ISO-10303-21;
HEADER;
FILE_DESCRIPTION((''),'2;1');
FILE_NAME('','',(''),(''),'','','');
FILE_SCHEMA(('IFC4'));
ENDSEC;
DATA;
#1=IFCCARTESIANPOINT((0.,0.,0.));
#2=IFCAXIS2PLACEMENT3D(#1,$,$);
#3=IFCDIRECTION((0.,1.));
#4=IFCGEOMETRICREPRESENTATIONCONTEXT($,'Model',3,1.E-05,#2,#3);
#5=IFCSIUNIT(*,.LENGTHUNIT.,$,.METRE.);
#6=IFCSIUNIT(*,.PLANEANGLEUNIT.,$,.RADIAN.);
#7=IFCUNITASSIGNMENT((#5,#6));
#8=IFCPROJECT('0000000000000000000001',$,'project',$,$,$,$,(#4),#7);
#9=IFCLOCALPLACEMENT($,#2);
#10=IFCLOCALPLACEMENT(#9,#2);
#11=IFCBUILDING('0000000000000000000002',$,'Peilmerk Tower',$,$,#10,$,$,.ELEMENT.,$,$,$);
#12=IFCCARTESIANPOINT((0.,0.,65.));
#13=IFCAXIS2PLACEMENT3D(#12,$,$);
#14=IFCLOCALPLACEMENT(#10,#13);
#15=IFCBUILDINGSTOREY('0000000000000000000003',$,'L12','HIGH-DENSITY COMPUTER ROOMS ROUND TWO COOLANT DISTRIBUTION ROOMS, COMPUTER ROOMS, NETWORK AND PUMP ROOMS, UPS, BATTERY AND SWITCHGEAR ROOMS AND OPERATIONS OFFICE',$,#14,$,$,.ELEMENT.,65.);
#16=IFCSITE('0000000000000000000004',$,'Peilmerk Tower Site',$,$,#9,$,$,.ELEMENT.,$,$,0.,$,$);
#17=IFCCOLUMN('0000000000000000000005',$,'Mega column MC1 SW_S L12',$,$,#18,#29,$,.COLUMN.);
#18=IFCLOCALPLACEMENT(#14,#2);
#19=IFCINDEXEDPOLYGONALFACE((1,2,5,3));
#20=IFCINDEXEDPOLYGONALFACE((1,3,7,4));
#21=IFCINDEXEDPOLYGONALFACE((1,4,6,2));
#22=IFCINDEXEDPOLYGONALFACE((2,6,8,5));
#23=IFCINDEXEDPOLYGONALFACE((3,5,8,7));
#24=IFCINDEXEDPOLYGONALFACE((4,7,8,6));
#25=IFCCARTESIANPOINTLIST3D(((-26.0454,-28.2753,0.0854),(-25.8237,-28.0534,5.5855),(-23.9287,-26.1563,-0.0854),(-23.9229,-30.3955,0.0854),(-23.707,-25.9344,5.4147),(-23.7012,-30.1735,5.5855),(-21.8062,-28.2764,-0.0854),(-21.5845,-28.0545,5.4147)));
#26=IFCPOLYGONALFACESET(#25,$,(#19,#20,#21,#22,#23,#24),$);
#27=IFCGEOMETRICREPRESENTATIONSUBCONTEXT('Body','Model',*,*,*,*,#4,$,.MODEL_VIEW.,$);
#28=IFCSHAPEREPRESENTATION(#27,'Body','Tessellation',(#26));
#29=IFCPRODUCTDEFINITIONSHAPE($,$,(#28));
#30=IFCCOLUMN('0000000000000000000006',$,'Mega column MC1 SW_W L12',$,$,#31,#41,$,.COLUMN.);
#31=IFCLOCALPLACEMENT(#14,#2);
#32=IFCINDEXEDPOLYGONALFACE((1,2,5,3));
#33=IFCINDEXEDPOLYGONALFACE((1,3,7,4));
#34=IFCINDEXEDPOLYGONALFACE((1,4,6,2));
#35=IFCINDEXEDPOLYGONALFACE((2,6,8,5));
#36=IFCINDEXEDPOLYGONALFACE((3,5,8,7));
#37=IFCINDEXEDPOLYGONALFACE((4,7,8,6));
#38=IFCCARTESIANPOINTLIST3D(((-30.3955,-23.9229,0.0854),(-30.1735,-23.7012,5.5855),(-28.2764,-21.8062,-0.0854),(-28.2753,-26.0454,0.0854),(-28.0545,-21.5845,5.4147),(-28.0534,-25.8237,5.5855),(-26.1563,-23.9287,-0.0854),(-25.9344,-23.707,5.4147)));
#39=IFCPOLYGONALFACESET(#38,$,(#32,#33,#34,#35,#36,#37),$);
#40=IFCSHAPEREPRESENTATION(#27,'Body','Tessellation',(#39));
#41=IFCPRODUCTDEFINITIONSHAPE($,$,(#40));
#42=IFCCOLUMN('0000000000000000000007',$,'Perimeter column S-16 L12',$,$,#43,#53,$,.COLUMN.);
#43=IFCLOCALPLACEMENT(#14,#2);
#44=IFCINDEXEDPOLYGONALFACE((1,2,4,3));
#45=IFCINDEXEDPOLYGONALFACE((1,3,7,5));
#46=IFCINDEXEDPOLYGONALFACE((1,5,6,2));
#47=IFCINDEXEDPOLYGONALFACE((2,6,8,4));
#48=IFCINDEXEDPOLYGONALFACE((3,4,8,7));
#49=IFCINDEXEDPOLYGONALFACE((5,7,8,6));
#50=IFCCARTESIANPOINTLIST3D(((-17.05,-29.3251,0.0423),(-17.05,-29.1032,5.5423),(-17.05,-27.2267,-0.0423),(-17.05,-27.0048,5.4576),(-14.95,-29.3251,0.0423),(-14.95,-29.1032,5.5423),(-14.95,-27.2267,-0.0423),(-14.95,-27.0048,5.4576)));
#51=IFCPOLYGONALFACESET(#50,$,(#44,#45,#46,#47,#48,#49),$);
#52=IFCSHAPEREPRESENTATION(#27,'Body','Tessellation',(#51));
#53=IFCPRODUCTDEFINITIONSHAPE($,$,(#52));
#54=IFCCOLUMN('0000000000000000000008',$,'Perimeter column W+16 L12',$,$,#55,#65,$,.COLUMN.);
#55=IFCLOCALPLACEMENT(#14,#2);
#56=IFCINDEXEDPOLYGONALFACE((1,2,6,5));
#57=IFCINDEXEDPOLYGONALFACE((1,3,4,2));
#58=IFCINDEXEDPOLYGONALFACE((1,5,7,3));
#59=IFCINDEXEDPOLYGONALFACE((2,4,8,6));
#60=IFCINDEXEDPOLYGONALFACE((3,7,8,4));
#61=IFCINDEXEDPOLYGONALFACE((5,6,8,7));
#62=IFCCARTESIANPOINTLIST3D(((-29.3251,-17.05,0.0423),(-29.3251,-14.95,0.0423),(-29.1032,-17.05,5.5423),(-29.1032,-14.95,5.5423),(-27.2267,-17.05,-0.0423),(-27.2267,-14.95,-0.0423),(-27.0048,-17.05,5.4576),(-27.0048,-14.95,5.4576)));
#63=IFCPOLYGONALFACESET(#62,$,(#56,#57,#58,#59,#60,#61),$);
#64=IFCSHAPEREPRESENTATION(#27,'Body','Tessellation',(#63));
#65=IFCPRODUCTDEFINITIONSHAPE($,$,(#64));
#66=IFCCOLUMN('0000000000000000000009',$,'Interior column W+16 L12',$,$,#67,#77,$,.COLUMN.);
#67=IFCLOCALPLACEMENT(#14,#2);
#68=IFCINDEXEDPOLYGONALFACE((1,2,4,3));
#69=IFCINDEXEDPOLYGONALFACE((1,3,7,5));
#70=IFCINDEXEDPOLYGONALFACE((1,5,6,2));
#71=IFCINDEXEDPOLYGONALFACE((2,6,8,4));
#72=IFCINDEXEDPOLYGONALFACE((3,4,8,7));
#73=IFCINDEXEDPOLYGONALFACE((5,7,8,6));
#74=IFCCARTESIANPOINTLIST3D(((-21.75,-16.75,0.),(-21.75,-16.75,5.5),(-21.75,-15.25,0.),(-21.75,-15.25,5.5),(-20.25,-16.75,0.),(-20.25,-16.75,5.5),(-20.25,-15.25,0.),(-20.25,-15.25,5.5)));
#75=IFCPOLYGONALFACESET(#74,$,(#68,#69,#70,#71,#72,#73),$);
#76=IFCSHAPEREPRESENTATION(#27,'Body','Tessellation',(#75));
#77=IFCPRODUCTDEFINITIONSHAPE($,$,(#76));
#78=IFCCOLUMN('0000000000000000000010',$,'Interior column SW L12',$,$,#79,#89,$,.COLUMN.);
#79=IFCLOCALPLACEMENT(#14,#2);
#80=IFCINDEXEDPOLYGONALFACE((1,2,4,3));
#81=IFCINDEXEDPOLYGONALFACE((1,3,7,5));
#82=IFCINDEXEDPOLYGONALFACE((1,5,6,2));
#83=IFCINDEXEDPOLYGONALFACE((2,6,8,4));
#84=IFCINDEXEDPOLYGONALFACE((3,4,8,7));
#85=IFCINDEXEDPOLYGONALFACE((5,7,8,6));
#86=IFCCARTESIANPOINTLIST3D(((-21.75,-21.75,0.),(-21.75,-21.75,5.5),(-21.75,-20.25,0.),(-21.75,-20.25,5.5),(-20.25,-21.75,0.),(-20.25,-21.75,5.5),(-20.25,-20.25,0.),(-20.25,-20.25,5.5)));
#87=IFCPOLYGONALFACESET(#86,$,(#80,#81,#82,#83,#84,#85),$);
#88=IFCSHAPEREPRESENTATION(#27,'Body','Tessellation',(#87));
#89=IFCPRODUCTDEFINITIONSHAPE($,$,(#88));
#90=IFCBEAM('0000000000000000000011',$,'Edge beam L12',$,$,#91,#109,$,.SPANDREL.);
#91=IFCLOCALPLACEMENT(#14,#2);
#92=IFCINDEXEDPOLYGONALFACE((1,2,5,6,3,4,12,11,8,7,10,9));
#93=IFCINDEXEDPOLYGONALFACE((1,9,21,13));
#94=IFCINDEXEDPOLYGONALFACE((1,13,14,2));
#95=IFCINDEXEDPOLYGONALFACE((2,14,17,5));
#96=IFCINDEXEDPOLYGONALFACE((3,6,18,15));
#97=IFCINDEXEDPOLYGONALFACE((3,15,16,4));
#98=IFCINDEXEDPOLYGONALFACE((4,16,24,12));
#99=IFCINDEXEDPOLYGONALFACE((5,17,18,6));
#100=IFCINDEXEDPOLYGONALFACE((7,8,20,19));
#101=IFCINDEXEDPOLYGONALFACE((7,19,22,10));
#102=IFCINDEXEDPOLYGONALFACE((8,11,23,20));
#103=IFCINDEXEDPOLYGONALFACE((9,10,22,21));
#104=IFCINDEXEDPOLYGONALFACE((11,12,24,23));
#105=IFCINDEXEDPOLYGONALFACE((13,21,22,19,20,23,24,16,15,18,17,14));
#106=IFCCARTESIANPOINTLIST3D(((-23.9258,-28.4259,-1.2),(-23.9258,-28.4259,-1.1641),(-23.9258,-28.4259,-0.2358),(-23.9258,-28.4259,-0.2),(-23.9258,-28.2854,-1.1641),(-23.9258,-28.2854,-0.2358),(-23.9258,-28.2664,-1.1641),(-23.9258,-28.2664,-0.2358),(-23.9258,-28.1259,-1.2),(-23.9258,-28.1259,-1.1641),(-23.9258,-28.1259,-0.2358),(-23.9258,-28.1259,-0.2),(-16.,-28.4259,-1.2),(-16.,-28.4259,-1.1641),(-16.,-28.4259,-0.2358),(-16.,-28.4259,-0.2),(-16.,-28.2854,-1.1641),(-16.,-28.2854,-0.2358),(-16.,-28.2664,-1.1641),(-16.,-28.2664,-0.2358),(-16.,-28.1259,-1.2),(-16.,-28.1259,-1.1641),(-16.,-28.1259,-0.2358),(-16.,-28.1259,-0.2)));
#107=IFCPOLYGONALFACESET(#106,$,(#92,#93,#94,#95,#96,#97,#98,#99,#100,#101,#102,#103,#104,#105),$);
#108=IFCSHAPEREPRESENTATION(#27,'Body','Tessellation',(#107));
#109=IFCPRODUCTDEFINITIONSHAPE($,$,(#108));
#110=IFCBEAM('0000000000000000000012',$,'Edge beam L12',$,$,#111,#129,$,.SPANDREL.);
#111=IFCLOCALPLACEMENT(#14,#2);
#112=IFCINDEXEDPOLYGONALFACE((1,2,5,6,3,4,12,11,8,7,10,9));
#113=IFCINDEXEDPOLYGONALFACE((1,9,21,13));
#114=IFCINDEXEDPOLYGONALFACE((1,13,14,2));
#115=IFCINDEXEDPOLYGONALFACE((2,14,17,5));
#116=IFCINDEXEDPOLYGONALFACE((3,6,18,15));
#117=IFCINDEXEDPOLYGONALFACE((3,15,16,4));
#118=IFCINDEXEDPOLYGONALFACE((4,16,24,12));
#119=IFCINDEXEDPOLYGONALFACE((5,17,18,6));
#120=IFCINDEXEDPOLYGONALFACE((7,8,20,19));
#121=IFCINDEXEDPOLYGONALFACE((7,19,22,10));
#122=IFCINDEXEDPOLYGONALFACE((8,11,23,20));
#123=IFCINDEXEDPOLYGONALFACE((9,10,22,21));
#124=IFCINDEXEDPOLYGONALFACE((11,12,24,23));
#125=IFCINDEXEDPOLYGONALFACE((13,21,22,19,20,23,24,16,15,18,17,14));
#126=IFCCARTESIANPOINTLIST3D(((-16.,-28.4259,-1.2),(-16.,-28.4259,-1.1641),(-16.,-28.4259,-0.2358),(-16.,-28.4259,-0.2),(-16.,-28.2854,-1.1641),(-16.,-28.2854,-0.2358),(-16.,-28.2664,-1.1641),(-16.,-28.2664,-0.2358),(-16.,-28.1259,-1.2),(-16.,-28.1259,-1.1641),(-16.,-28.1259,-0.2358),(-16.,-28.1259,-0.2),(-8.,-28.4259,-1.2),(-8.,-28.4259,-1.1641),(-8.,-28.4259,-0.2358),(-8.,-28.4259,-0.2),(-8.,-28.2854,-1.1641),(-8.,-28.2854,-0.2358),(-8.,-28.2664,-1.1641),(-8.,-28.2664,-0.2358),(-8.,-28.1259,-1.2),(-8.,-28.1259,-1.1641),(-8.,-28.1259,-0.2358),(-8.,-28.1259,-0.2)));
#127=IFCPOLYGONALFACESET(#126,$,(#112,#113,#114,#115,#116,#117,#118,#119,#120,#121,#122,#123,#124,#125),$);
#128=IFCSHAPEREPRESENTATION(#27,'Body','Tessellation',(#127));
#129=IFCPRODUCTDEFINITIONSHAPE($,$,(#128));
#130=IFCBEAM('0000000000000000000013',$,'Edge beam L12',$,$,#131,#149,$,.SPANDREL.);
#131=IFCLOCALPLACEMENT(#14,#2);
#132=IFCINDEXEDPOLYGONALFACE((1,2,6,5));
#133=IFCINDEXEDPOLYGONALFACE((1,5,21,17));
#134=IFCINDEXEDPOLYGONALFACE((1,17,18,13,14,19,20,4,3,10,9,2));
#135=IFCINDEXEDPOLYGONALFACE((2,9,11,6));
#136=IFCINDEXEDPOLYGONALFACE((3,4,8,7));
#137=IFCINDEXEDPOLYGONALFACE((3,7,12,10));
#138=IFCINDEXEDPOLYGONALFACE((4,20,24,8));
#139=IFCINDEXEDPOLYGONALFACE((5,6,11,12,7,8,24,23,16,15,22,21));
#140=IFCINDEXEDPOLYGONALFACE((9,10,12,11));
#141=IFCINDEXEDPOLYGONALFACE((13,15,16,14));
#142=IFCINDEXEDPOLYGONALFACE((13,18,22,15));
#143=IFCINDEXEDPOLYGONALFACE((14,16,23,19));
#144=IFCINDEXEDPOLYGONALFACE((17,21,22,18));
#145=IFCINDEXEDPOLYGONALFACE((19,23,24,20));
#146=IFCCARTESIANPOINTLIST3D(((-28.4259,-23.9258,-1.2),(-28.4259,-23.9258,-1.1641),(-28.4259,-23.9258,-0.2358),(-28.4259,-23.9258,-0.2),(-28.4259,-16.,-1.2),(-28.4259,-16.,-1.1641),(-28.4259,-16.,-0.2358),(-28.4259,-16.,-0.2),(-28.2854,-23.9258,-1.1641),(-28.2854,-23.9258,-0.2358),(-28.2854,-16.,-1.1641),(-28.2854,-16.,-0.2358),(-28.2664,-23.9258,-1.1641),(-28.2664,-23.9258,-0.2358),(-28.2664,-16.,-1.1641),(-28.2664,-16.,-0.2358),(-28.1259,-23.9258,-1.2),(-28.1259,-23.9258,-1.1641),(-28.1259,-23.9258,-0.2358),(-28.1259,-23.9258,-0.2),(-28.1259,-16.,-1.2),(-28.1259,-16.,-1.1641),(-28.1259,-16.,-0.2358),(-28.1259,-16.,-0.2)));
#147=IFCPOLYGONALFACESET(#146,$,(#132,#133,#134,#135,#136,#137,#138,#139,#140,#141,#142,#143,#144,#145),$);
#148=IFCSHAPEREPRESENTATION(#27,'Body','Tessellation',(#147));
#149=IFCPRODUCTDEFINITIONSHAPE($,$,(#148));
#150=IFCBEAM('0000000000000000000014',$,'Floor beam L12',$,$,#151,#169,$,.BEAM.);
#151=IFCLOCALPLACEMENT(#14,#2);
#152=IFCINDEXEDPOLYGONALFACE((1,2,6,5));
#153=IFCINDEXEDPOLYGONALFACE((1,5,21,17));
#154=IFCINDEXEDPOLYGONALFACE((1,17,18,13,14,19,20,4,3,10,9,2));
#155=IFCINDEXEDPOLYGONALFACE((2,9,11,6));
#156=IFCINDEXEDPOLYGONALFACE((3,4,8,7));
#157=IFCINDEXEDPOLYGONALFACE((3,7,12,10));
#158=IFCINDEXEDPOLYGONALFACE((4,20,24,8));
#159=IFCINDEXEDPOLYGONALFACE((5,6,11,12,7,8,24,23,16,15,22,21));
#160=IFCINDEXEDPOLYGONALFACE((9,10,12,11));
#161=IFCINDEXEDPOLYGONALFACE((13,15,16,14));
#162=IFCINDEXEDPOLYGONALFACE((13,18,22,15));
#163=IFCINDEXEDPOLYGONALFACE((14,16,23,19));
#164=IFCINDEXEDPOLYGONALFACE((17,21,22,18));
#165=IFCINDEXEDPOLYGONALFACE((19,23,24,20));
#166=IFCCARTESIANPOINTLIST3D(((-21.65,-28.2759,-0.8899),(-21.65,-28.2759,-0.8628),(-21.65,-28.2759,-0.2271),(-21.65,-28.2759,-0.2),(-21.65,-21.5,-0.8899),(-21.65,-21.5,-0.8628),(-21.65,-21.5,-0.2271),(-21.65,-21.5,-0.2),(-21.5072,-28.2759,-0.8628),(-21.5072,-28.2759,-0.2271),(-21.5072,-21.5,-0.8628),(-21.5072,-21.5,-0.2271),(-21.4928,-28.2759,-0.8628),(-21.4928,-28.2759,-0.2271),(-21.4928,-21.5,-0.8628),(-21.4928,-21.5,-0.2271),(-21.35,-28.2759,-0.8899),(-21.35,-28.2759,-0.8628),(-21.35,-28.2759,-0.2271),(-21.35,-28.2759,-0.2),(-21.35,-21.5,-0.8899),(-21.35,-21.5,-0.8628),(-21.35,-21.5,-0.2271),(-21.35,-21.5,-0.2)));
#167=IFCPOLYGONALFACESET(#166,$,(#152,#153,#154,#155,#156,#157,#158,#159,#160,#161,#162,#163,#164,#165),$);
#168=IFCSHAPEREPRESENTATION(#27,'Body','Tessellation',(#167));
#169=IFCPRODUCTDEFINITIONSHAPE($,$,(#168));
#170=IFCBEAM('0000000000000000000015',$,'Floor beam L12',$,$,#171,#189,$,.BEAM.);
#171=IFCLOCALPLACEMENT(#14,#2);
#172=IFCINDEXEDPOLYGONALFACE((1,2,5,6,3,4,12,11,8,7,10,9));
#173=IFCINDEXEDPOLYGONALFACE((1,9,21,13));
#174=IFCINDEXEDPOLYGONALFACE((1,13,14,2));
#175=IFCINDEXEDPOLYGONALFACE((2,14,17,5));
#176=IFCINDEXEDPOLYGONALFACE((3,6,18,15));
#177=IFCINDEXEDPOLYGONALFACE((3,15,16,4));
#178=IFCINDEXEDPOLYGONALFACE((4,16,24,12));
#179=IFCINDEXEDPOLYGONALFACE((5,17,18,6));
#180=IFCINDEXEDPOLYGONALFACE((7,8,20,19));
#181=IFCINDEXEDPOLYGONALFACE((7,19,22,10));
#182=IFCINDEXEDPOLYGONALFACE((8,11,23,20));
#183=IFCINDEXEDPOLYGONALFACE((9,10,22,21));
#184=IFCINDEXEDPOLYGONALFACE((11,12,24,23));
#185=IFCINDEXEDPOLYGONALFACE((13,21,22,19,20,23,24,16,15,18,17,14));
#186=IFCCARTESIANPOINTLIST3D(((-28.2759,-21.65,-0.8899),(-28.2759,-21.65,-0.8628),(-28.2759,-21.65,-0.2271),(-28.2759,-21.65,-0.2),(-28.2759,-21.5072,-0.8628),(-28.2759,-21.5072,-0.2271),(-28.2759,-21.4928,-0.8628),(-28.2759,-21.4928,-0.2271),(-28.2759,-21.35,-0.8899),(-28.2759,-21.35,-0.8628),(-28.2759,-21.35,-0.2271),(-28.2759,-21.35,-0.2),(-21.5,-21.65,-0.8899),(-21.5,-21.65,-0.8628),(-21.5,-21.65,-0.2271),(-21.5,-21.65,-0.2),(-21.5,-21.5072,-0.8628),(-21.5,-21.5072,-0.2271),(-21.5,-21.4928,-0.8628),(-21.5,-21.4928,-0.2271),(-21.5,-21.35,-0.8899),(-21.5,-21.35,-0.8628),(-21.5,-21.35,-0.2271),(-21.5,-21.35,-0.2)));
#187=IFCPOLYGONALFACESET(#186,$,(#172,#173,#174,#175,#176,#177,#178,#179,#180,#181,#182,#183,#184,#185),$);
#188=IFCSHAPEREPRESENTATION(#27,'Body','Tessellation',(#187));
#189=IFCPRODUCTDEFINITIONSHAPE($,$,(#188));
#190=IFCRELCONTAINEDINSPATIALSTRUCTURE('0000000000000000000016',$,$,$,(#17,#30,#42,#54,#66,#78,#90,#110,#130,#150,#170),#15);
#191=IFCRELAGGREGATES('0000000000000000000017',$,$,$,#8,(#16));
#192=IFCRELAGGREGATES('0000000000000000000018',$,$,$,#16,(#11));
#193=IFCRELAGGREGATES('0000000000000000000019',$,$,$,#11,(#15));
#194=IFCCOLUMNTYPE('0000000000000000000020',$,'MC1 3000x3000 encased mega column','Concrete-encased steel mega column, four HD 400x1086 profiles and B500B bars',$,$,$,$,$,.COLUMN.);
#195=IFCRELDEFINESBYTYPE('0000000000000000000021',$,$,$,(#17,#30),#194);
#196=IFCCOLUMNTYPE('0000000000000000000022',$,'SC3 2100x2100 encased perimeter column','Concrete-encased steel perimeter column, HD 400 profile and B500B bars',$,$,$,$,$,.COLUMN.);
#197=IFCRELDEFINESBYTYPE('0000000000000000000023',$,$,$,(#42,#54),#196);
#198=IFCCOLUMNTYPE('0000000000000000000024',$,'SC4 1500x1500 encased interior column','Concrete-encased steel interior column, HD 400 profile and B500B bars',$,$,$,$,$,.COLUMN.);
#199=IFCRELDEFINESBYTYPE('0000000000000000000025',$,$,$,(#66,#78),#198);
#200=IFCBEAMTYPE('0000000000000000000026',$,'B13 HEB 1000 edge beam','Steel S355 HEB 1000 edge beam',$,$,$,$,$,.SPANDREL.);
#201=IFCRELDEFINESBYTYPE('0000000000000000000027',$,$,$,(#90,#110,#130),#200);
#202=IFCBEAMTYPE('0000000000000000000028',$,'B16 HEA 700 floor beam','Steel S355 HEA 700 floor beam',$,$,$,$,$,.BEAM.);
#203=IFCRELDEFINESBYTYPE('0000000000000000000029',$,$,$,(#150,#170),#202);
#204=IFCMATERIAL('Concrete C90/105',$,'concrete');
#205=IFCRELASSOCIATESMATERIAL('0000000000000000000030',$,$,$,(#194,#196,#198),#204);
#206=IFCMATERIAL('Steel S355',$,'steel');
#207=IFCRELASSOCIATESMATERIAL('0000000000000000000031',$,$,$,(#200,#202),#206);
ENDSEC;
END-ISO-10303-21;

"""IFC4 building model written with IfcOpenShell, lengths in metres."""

from ifc_helpers import new_model, si_unit, direction, frame, origin, origin_2d, place, context, subcontext, project, spatial, rectangle, i_section, extrude, material, material_profile, profile_set, type_object, element, save


model = new_model("IFC4")

# Units and contexts
model_context = context("Model", 3, precision=1e-05, world=origin(), true_north=direction((0.0, 1.0)))
body_context = subcontext(model_context, "Body", "Model", "MODEL_VIEW")
ifc_project = project(units=[si_unit("LENGTHUNIT", "METRE"), si_unit("PLANEANGLEUNIT", "RADIAN")], contexts=[model_context])

# Site, building, storey
site_placement = place(None, origin())
site = spatial("IfcSite", under=ifc_project, at=site_placement, Name="Peilmerk Tower Site", CompositionType="ELEMENT", RefElevation=0.0)
building_placement = place(site_placement, origin())
building = spatial("IfcBuilding", under=site, at=building_placement, Name="Peilmerk Tower", CompositionType="ELEMENT")
storey_placement = place(building_placement, frame((0.0, 0.0, 65.0)))
storey = spatial("IfcBuildingStorey", under=building, at=storey_placement, Name="L12", Description="HIGH-DENSITY COMPUTER ROOMS ROUND TWO COOLANT DISTRIBUTION ROOMS, COMPUTER ROOMS, NETWORK AND PUMP ROOMS, UPS, BATTERY AND SWITCHGEAR ROOMS AND OPERATIONS OFFICE", CompositionType="ELEMENT", Elevation=65.0)

# Columns
ifc_material_1 = material(Name="Concrete C90/105", Category="concrete")
ifc_material_profile_1 = material_profile(ifc_material_1, rectangle(XDim=3.0, YDim=3.0, at=origin_2d()), Name="RC 3000x3000")
ifc_profile_set_1 = profile_set([ifc_material_profile_1], Name="Concrete C90/105")
column_type_1 = type_object("IfcColumnType", Name="MC1 3000x3000 encased mega column", Description="Concrete-encased steel mega column, four HD 400x1086 profiles and B500B bars", PredefinedType="COLUMN", material=ifc_profile_set_1)
for number, where, z_axis, x_axis, name in (
    (1, (-23.9258, -28.2759, 0.0), (0.04024, 0.040284, 0.998378), (-0.707496, 0.706718, 0.0), "Mega column MC1 SW_S L12"),
    (2, (-28.2759, -23.9258, 0.0), (0.040284, 0.04024, 0.998378), (-0.706718, 0.707496, 0.0), "Mega column MC1 SW_W L12"),
):
    element("IfcColumn", number, at=place(storey_placement, frame(where, z_axis=z_axis, x_axis=x_axis)), inside=storey, type_object=column_type_1, Name=name, PredefinedType="COLUMN", context=body_context, shape_type="SweptSolid", body=[
        extrude(rectangle(XDim=3.0, YDim=3.0, at=origin_2d()), origin(), (0.0, 0.0, 1.0), 5.509),
    ])
ifc_material_profile_2 = material_profile(ifc_material_1, rectangle(XDim=2.1001, YDim=2.1001, at=origin_2d()), Name="RC 2100x2100")
ifc_profile_set_2 = profile_set([ifc_material_profile_2], Name="Concrete C90/105")
column_type_2 = type_object("IfcColumnType", Name="SC3 2100x2100 encased perimeter column", Description="Concrete-encased steel perimeter column, HD 400 profile and B500B bars", PredefinedType="COLUMN", material=ifc_profile_set_2)
for number, where, z_axis, x_axis, name in (
    (3, (-16.0, -28.2759, 0.0), (0.0, 0.040317, 0.999187), (-1.0, 0.0, 0.0), "Perimeter column S-16 L12"),
    (4, (-28.2759, -16.0, 0.0), (0.040317, 0.0, 0.999187), (0.0, 1.0, 0.0), "Perimeter column W+16 L12"),
):
    element("IfcColumn", number, at=place(storey_placement, frame(where, z_axis=z_axis, x_axis=x_axis)), inside=storey, type_object=column_type_2, Name=name, PredefinedType="COLUMN", context=body_context, shape_type="SweptSolid", body=[
        extrude(rectangle(XDim=2.1001, YDim=2.1001, at=origin_2d()), origin(), (0.0, 0.0, 1.0), 5.5044),
    ])
ifc_material_profile_3 = material_profile(ifc_material_1, rectangle(XDim=1.5, YDim=1.5, at=origin_2d()), Name="RC 1500x1500")
ifc_profile_set_3 = profile_set([ifc_material_profile_3], Name="Concrete C90/105")
column_type_3 = type_object("IfcColumnType", Name="SC4 1500x1500 encased interior column", Description="Concrete-encased steel interior column, HD 400 profile and B500B bars", PredefinedType="COLUMN", material=ifc_profile_set_3)
for number, where, z_axis, x_axis, name in (
    (5, (-21.0, -16.0, 0.0), (0.0, 0.0, 1.0), (1.0, 0.0, 0.0), "Interior column W+16 L12"),
    (6, (-21.0, -21.0, 0.0), (0.0, 0.0, 1.0), (1.0, 0.0, 0.0), "Interior column SW L12"),
):
    element("IfcColumn", number, at=place(storey_placement, frame(where, z_axis=z_axis, x_axis=x_axis)), inside=storey, type_object=column_type_3, Name=name, PredefinedType="COLUMN", context=body_context, shape_type="SweptSolid", body=[
        extrude(rectangle(XDim=1.5, YDim=1.5, at=origin_2d()), origin(), (0.0, 0.0, 1.0), 5.5),
    ])

# Beams
ifc_material_2 = material(Name="Steel S355", Category="steel")
ifc_material_profile_4 = material_profile(ifc_material_2, i_section(OverallWidth=0.3, OverallDepth=1.0, WebThickness=0.019, FlangeThickness=0.0359, at=origin_2d()), Name="HEB 1000")
ifc_profile_set_4 = profile_set([ifc_material_profile_4], Name="Steel S355")
beam_type_1 = type_object("IfcBeamType", Name="B13 HEB 1000 edge beam", Description="Steel S355 HEB 1000 edge beam", PredefinedType="SPANDREL", material=ifc_profile_set_4)
beam_1_placement = place(storey_placement, frame((-23.9258, -28.2759, -0.7), z_axis=(1.0, 0.0, 0.0), x_axis=(0.0, 1.0, 0.0)))
element("IfcBeam", 7, at=beam_1_placement, inside=storey, type_object=beam_type_1, Name="Edge beam L12", PredefinedType="SPANDREL", context=body_context, shape_type="SweptSolid", body=[
    extrude(i_section(OverallWidth=0.3, OverallDepth=1.0, WebThickness=0.019, FlangeThickness=0.0359, at=origin_2d()), origin(), (0.0, 0.0, 1.0), 7.9258),
])
beam_2_placement = place(storey_placement, frame((-16.0, -28.2759, -0.7), z_axis=(1.0, 0.0, 0.0), x_axis=(0.0, 1.0, 0.0)))
element("IfcBeam", 8, at=beam_2_placement, inside=storey, type_object=beam_type_1, Name="Edge beam L12", PredefinedType="SPANDREL", context=body_context, shape_type="SweptSolid", body=[
    extrude(i_section(OverallWidth=0.3, OverallDepth=1.0, WebThickness=0.019, FlangeThickness=0.0359, at=origin_2d()), origin(), (0.0, 0.0, 1.0), 8.0),
])
beam_3_placement = place(storey_placement, frame((-28.2759, -16.0, -0.7), z_axis=(0.0, -1.0, 0.0), x_axis=(1.0, 0.0, 0.0)))
element("IfcBeam", 9, at=beam_3_placement, inside=storey, type_object=beam_type_1, Name="Edge beam L12", PredefinedType="SPANDREL", context=body_context, shape_type="SweptSolid", body=[
    extrude(i_section(OverallWidth=0.3, OverallDepth=1.0, WebThickness=0.019, FlangeThickness=0.0359, at=origin_2d()), origin(), (0.0, 0.0, 1.0), 7.9258),
])
ifc_material_profile_5 = material_profile(ifc_material_2, i_section(OverallWidth=0.3, OverallDepth=0.6899, WebThickness=0.0144, FlangeThickness=0.0271, at=origin_2d()), Name="HEA 700")
ifc_profile_set_5 = profile_set([ifc_material_profile_5], Name="Steel S355")
beam_type_2 = type_object("IfcBeamType", Name="B16 HEA 700 floor beam", Description="Steel S355 HEA 700 floor beam", PredefinedType="BEAM", material=ifc_profile_set_5)
for number, where, z_axis, x_axis, name in (
    (10, (-21.5, -21.5, -0.5449), (0.0, -1.0, 0.0), (1.0, 0.0, 0.0), "Floor beam L12"),
    (11, (-21.5, -21.5, -0.5449), (-1.0, 0.0, 0.0), (0.0, -1.0, 0.0), "Floor beam L12"),
):
    element("IfcBeam", number, at=place(storey_placement, frame(where, z_axis=z_axis, x_axis=x_axis)), inside=storey, type_object=beam_type_2, Name=name, PredefinedType="BEAM", context=body_context, shape_type="SweptSolid", body=[
        extrude(i_section(OverallWidth=0.3, OverallDepth=0.6899, WebThickness=0.0144, FlangeThickness=0.0271, at=origin_2d()), origin(), (0.0, 0.0, 1.0), 6.7759),
    ])

save(model, "model.ifc")
